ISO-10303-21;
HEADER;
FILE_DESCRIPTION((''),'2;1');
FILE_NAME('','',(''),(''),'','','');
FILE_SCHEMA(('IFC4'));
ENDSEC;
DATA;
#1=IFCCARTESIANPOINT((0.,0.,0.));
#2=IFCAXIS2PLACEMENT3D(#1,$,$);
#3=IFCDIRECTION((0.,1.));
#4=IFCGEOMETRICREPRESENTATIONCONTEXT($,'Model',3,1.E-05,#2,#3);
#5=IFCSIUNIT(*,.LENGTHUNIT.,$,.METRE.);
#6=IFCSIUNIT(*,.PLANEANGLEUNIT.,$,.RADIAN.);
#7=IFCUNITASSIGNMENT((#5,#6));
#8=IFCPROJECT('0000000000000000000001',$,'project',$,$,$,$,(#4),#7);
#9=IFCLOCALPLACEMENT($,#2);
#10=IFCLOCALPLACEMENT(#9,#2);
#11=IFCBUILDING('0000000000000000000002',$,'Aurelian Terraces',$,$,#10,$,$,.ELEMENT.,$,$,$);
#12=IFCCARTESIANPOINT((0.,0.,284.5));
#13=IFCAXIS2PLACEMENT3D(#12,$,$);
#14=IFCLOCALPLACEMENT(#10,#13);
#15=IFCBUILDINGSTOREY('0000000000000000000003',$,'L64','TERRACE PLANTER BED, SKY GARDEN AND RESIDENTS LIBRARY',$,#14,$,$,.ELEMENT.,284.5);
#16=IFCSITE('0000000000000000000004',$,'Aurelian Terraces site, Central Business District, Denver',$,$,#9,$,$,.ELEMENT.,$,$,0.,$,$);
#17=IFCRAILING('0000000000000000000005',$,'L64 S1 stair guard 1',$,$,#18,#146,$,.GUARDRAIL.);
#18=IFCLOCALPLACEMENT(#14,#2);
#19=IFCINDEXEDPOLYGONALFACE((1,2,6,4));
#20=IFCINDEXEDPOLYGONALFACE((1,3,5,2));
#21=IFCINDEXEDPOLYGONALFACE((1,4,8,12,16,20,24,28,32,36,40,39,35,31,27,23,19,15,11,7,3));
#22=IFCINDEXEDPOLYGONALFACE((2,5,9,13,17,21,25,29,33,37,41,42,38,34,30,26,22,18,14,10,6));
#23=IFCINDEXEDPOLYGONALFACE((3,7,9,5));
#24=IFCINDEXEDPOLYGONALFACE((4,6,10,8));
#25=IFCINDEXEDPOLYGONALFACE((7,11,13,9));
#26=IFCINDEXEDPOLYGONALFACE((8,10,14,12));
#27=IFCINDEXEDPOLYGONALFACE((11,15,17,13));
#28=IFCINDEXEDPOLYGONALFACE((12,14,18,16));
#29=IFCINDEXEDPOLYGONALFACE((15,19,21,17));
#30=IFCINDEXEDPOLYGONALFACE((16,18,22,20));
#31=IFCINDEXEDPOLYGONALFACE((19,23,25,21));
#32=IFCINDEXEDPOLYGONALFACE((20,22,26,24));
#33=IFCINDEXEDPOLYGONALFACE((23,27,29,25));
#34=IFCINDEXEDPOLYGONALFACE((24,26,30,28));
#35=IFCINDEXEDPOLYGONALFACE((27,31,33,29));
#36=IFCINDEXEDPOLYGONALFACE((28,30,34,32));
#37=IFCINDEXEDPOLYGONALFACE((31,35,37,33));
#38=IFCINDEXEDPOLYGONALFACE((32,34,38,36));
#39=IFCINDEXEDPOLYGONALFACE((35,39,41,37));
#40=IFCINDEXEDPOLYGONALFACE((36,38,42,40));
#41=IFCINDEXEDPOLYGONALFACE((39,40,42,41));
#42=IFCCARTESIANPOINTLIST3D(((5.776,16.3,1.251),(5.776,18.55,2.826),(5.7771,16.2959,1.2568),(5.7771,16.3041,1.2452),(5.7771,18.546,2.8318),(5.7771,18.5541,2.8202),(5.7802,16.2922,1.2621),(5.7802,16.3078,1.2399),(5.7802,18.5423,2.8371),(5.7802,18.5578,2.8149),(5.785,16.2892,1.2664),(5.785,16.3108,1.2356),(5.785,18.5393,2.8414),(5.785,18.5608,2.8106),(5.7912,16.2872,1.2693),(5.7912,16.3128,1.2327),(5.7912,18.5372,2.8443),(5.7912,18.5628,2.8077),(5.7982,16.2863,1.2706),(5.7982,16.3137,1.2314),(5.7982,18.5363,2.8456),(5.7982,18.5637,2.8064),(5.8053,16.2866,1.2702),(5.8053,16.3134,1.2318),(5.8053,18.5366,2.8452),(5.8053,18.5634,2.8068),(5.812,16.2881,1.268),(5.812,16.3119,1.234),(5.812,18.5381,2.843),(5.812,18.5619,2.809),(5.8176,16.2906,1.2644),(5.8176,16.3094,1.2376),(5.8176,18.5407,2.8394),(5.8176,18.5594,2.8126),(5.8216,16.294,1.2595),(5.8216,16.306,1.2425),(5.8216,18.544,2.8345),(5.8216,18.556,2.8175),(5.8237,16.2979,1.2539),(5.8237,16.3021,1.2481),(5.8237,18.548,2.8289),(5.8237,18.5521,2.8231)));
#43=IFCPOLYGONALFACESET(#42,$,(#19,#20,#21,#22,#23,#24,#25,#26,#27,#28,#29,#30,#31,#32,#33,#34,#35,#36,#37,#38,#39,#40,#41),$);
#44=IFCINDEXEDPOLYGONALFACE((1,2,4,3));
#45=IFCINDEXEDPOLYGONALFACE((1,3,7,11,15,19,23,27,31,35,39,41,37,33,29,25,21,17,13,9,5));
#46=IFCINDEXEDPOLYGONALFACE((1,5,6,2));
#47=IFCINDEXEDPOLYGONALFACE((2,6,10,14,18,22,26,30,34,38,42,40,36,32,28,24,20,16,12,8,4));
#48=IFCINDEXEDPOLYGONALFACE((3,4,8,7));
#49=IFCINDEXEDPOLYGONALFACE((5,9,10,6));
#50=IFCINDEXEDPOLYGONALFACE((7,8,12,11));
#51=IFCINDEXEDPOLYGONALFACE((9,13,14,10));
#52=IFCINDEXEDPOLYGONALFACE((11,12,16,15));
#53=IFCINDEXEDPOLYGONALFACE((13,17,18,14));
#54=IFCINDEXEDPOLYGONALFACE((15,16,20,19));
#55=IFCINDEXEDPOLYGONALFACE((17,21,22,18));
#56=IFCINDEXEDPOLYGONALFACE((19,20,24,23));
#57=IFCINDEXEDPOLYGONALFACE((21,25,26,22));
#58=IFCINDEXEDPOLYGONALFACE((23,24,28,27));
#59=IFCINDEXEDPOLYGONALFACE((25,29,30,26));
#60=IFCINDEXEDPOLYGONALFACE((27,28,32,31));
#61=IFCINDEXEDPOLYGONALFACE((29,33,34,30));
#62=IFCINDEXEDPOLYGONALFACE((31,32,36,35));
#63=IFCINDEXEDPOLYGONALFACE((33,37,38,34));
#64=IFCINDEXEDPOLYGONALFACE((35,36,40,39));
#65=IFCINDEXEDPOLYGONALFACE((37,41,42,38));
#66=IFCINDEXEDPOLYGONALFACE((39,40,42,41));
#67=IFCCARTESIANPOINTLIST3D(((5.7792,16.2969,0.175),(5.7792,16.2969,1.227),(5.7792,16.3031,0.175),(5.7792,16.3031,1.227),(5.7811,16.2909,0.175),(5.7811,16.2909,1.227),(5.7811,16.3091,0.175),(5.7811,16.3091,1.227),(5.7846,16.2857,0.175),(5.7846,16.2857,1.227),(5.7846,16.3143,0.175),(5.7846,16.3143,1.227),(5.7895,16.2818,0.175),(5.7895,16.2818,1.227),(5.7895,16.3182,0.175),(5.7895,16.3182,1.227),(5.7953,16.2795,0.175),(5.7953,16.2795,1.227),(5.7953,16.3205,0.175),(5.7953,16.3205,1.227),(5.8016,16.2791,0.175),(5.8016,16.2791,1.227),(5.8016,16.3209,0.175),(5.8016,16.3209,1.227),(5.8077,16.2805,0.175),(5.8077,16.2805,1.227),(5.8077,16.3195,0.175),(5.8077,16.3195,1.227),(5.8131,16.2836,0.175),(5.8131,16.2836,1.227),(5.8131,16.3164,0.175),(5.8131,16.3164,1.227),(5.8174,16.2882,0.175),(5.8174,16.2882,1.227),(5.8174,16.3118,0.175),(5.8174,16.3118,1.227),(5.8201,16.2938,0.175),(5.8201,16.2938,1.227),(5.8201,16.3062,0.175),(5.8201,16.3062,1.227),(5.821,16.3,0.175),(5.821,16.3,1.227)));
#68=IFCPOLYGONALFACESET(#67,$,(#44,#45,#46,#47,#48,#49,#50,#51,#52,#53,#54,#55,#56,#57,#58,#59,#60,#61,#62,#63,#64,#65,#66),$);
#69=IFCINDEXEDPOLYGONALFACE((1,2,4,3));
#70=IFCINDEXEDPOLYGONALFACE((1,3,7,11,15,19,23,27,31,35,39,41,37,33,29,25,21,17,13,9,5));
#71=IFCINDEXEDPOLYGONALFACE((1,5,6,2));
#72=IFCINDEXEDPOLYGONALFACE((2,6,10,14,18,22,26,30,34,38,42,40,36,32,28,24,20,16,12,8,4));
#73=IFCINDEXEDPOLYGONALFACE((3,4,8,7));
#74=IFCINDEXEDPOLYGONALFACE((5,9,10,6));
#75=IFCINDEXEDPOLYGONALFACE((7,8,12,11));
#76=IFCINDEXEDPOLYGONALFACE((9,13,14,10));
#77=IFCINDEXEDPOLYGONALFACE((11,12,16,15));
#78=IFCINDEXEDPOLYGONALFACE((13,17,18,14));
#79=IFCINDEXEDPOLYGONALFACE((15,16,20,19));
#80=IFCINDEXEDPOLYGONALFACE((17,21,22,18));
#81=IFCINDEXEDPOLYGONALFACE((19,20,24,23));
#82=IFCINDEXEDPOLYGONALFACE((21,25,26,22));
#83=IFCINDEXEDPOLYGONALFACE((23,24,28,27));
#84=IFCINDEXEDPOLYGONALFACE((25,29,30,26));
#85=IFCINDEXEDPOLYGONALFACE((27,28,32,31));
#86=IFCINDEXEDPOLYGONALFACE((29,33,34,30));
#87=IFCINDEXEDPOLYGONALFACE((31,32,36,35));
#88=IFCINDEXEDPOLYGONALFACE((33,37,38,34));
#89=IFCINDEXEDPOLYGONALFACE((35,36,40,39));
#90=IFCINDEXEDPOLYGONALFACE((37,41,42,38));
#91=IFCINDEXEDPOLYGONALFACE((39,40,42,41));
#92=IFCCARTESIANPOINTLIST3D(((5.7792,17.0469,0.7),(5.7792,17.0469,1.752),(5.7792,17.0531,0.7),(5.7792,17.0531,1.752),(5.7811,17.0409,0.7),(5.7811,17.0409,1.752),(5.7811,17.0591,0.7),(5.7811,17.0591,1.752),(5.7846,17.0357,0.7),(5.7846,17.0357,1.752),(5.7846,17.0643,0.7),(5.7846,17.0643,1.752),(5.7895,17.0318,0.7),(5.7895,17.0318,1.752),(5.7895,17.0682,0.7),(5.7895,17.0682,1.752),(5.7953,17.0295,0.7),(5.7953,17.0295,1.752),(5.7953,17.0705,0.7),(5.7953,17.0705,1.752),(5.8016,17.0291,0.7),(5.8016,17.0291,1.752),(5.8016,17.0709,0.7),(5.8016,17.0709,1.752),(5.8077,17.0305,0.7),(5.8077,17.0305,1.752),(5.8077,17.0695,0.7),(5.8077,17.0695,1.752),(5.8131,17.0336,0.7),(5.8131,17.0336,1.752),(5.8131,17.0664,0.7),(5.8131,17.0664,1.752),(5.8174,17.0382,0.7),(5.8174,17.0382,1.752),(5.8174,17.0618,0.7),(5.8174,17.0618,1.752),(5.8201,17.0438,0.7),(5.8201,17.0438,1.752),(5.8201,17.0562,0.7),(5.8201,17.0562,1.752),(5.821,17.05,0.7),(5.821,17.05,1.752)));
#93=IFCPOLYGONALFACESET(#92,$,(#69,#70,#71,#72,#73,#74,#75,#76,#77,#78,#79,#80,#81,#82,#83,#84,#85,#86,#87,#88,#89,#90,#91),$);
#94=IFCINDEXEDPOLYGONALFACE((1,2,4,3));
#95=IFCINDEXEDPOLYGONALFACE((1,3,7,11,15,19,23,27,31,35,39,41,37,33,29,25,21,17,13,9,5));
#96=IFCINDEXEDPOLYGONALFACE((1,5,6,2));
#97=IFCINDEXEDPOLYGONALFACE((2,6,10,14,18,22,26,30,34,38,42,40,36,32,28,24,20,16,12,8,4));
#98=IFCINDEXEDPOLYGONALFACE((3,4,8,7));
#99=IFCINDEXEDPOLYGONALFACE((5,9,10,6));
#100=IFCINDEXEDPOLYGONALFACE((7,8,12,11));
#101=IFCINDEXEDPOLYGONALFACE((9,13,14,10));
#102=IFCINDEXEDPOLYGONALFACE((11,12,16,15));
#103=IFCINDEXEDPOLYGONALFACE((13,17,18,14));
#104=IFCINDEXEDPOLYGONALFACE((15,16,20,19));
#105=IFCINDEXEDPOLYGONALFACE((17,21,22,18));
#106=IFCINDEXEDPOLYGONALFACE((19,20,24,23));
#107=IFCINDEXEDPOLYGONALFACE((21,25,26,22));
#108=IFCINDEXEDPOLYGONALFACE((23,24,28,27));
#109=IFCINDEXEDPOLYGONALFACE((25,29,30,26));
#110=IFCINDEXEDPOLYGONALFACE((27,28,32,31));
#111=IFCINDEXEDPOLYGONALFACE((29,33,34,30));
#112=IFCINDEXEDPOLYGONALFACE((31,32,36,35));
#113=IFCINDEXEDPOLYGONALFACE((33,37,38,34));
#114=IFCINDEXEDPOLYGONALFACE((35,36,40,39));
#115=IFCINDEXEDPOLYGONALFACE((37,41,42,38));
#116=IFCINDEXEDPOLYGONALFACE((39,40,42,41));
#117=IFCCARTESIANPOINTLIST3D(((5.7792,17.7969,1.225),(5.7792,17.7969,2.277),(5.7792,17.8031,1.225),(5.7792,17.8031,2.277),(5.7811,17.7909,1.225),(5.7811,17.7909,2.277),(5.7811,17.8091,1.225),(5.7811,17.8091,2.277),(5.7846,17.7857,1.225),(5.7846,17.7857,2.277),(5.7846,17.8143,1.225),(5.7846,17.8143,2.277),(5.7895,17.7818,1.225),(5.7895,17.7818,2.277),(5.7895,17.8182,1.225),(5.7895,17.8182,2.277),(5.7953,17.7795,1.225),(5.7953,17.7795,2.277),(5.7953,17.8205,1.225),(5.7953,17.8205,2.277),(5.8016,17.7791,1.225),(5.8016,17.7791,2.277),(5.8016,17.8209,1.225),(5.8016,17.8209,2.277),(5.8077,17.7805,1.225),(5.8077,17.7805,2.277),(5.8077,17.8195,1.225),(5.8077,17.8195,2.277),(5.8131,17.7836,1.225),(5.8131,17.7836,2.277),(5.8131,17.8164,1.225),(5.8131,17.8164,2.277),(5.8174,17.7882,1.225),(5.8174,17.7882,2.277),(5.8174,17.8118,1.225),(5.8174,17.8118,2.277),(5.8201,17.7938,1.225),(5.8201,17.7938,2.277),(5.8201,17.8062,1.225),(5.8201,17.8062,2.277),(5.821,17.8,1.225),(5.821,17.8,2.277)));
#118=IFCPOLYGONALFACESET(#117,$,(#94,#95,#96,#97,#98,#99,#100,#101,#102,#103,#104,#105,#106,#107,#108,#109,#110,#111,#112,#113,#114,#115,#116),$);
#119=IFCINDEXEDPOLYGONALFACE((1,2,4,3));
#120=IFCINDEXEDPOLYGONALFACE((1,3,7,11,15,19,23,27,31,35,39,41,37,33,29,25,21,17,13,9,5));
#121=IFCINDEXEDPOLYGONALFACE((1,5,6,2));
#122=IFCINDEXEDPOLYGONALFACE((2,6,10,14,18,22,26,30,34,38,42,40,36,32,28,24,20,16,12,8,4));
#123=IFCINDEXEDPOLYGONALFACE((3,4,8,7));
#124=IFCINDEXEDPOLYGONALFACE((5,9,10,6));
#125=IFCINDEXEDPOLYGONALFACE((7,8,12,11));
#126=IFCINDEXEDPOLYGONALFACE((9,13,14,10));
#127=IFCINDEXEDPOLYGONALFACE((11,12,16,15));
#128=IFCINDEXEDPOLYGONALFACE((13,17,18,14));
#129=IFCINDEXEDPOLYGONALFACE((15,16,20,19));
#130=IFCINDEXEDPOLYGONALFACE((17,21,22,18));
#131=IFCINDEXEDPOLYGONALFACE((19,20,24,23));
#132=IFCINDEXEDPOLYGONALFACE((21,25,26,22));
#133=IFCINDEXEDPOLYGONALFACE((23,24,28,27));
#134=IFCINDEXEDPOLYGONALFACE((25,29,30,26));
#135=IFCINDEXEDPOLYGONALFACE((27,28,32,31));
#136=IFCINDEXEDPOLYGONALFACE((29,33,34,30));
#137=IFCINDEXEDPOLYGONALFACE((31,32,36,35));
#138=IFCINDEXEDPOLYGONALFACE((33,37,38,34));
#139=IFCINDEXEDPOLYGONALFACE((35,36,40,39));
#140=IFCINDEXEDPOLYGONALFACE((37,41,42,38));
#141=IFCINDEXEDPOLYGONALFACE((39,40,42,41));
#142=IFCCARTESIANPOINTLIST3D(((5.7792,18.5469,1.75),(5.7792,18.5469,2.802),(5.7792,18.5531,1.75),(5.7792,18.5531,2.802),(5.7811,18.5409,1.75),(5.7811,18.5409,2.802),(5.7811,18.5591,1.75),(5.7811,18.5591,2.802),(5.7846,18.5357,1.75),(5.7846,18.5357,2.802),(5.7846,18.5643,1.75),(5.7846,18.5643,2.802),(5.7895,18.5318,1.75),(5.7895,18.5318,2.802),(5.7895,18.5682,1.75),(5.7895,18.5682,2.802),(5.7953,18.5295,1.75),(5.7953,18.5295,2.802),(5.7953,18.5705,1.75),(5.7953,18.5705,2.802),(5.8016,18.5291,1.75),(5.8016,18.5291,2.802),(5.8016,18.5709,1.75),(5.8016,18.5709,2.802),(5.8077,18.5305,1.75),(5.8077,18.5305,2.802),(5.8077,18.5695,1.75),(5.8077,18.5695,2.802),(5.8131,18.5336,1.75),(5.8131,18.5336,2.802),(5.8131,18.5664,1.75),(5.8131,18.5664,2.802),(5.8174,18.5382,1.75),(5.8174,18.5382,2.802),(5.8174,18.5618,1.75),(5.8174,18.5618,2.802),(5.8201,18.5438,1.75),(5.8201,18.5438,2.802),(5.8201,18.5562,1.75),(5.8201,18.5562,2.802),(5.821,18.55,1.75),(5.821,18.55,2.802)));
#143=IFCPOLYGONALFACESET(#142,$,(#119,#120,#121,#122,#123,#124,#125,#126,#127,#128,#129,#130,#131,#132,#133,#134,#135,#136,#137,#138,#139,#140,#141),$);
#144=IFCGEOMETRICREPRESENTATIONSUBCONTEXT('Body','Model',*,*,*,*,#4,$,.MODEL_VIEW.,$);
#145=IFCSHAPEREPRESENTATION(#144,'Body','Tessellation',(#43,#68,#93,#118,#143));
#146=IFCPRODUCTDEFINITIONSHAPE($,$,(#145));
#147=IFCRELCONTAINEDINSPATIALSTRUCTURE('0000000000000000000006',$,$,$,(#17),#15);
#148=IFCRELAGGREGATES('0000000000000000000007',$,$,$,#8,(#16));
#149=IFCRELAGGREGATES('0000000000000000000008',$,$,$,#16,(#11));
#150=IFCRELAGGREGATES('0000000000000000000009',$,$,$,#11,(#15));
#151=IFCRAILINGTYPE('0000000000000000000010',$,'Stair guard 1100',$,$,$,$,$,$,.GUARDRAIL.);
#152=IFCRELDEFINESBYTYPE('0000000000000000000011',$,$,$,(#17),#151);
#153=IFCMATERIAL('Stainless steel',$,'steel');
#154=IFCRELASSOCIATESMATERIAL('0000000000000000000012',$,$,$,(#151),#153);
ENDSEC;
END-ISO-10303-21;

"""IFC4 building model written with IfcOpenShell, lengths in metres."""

from ifc_helpers import new_model, si_unit, direction, frame, origin, origin_2d, place, context, subcontext, project, spatial, circle, extrude, material, type_object, element, save


model = new_model("IFC4")

# Units and contexts
model_context = context("Model", 3, precision=1e-05, world=origin(), true_north=direction((0.0, 1.0)))
body_context = subcontext(model_context, "Body", "Model", "MODEL_VIEW")
ifc_project = project(units=[si_unit("LENGTHUNIT", "METRE"), si_unit("PLANEANGLEUNIT", "RADIAN")], contexts=[model_context])

# Site, building, storey
site_placement = place(None, origin())
site = spatial("IfcSite", under=ifc_project, at=site_placement, Name="Aurelian Terraces site, Central Business District, Denver", CompositionType="ELEMENT", RefElevation=0.0)
building_placement = place(site_placement, origin())
building = spatial("IfcBuilding", under=site, at=building_placement, Name="Aurelian Terraces", CompositionType="ELEMENT")
storey_placement = place(building_placement, frame((0.0, 0.0, 284.5)))
storey = spatial("IfcBuildingStorey", under=building, at=storey_placement, Name="L64", Description="TERRACE PLANTER BED, SKY GARDEN AND RESIDENTS LIBRARY", CompositionType="ELEMENT", Elevation=284.5)

# Railing
ifc_material_1 = material(Name="Stainless steel", Category="steel")
railing_type_1 = type_object("IfcRailingType", Name="Stair guard 1100", PredefinedType="GUARDRAIL", material=ifc_material_1)
railing_1_placement = place(storey_placement, frame((5.8, 16.3, 0.175)))
element("IfcRailing", 1, at=railing_1_placement, inside=storey, type_object=railing_type_1, Name="L64 S1 stair guard 1", PredefinedType="GUARDRAIL", context=body_context, shape_type="SweptSolid", body=[
    extrude(circle(Radius=0.024, at=origin_2d()), frame((0.0, 0.0, 1.076), z_axis=(0.0, 0.819232, 0.573462), x_axis=(-1.0, 0.0, 0.0)), (0.0, 0.0, 1.0), 2.7465),
    extrude(circle(Radius=0.021, at=origin_2d()), origin(), (0.0, 0.0, 1.0), 1.052),
    extrude(circle(Radius=0.021, at=origin_2d()), frame((0.0, 0.75, 0.525)), (0.0, 0.0, 1.0), 1.052),
    extrude(circle(Radius=0.021, at=origin_2d()), frame((0.0, 1.5, 1.05)), (0.0, 0.0, 1.0), 1.052),
    extrude(circle(Radius=0.021, at=origin_2d()), frame((0.0, 2.25, 1.575)), (0.0, 0.0, 1.0), 1.052),
])

save(model, "model.ifc")
